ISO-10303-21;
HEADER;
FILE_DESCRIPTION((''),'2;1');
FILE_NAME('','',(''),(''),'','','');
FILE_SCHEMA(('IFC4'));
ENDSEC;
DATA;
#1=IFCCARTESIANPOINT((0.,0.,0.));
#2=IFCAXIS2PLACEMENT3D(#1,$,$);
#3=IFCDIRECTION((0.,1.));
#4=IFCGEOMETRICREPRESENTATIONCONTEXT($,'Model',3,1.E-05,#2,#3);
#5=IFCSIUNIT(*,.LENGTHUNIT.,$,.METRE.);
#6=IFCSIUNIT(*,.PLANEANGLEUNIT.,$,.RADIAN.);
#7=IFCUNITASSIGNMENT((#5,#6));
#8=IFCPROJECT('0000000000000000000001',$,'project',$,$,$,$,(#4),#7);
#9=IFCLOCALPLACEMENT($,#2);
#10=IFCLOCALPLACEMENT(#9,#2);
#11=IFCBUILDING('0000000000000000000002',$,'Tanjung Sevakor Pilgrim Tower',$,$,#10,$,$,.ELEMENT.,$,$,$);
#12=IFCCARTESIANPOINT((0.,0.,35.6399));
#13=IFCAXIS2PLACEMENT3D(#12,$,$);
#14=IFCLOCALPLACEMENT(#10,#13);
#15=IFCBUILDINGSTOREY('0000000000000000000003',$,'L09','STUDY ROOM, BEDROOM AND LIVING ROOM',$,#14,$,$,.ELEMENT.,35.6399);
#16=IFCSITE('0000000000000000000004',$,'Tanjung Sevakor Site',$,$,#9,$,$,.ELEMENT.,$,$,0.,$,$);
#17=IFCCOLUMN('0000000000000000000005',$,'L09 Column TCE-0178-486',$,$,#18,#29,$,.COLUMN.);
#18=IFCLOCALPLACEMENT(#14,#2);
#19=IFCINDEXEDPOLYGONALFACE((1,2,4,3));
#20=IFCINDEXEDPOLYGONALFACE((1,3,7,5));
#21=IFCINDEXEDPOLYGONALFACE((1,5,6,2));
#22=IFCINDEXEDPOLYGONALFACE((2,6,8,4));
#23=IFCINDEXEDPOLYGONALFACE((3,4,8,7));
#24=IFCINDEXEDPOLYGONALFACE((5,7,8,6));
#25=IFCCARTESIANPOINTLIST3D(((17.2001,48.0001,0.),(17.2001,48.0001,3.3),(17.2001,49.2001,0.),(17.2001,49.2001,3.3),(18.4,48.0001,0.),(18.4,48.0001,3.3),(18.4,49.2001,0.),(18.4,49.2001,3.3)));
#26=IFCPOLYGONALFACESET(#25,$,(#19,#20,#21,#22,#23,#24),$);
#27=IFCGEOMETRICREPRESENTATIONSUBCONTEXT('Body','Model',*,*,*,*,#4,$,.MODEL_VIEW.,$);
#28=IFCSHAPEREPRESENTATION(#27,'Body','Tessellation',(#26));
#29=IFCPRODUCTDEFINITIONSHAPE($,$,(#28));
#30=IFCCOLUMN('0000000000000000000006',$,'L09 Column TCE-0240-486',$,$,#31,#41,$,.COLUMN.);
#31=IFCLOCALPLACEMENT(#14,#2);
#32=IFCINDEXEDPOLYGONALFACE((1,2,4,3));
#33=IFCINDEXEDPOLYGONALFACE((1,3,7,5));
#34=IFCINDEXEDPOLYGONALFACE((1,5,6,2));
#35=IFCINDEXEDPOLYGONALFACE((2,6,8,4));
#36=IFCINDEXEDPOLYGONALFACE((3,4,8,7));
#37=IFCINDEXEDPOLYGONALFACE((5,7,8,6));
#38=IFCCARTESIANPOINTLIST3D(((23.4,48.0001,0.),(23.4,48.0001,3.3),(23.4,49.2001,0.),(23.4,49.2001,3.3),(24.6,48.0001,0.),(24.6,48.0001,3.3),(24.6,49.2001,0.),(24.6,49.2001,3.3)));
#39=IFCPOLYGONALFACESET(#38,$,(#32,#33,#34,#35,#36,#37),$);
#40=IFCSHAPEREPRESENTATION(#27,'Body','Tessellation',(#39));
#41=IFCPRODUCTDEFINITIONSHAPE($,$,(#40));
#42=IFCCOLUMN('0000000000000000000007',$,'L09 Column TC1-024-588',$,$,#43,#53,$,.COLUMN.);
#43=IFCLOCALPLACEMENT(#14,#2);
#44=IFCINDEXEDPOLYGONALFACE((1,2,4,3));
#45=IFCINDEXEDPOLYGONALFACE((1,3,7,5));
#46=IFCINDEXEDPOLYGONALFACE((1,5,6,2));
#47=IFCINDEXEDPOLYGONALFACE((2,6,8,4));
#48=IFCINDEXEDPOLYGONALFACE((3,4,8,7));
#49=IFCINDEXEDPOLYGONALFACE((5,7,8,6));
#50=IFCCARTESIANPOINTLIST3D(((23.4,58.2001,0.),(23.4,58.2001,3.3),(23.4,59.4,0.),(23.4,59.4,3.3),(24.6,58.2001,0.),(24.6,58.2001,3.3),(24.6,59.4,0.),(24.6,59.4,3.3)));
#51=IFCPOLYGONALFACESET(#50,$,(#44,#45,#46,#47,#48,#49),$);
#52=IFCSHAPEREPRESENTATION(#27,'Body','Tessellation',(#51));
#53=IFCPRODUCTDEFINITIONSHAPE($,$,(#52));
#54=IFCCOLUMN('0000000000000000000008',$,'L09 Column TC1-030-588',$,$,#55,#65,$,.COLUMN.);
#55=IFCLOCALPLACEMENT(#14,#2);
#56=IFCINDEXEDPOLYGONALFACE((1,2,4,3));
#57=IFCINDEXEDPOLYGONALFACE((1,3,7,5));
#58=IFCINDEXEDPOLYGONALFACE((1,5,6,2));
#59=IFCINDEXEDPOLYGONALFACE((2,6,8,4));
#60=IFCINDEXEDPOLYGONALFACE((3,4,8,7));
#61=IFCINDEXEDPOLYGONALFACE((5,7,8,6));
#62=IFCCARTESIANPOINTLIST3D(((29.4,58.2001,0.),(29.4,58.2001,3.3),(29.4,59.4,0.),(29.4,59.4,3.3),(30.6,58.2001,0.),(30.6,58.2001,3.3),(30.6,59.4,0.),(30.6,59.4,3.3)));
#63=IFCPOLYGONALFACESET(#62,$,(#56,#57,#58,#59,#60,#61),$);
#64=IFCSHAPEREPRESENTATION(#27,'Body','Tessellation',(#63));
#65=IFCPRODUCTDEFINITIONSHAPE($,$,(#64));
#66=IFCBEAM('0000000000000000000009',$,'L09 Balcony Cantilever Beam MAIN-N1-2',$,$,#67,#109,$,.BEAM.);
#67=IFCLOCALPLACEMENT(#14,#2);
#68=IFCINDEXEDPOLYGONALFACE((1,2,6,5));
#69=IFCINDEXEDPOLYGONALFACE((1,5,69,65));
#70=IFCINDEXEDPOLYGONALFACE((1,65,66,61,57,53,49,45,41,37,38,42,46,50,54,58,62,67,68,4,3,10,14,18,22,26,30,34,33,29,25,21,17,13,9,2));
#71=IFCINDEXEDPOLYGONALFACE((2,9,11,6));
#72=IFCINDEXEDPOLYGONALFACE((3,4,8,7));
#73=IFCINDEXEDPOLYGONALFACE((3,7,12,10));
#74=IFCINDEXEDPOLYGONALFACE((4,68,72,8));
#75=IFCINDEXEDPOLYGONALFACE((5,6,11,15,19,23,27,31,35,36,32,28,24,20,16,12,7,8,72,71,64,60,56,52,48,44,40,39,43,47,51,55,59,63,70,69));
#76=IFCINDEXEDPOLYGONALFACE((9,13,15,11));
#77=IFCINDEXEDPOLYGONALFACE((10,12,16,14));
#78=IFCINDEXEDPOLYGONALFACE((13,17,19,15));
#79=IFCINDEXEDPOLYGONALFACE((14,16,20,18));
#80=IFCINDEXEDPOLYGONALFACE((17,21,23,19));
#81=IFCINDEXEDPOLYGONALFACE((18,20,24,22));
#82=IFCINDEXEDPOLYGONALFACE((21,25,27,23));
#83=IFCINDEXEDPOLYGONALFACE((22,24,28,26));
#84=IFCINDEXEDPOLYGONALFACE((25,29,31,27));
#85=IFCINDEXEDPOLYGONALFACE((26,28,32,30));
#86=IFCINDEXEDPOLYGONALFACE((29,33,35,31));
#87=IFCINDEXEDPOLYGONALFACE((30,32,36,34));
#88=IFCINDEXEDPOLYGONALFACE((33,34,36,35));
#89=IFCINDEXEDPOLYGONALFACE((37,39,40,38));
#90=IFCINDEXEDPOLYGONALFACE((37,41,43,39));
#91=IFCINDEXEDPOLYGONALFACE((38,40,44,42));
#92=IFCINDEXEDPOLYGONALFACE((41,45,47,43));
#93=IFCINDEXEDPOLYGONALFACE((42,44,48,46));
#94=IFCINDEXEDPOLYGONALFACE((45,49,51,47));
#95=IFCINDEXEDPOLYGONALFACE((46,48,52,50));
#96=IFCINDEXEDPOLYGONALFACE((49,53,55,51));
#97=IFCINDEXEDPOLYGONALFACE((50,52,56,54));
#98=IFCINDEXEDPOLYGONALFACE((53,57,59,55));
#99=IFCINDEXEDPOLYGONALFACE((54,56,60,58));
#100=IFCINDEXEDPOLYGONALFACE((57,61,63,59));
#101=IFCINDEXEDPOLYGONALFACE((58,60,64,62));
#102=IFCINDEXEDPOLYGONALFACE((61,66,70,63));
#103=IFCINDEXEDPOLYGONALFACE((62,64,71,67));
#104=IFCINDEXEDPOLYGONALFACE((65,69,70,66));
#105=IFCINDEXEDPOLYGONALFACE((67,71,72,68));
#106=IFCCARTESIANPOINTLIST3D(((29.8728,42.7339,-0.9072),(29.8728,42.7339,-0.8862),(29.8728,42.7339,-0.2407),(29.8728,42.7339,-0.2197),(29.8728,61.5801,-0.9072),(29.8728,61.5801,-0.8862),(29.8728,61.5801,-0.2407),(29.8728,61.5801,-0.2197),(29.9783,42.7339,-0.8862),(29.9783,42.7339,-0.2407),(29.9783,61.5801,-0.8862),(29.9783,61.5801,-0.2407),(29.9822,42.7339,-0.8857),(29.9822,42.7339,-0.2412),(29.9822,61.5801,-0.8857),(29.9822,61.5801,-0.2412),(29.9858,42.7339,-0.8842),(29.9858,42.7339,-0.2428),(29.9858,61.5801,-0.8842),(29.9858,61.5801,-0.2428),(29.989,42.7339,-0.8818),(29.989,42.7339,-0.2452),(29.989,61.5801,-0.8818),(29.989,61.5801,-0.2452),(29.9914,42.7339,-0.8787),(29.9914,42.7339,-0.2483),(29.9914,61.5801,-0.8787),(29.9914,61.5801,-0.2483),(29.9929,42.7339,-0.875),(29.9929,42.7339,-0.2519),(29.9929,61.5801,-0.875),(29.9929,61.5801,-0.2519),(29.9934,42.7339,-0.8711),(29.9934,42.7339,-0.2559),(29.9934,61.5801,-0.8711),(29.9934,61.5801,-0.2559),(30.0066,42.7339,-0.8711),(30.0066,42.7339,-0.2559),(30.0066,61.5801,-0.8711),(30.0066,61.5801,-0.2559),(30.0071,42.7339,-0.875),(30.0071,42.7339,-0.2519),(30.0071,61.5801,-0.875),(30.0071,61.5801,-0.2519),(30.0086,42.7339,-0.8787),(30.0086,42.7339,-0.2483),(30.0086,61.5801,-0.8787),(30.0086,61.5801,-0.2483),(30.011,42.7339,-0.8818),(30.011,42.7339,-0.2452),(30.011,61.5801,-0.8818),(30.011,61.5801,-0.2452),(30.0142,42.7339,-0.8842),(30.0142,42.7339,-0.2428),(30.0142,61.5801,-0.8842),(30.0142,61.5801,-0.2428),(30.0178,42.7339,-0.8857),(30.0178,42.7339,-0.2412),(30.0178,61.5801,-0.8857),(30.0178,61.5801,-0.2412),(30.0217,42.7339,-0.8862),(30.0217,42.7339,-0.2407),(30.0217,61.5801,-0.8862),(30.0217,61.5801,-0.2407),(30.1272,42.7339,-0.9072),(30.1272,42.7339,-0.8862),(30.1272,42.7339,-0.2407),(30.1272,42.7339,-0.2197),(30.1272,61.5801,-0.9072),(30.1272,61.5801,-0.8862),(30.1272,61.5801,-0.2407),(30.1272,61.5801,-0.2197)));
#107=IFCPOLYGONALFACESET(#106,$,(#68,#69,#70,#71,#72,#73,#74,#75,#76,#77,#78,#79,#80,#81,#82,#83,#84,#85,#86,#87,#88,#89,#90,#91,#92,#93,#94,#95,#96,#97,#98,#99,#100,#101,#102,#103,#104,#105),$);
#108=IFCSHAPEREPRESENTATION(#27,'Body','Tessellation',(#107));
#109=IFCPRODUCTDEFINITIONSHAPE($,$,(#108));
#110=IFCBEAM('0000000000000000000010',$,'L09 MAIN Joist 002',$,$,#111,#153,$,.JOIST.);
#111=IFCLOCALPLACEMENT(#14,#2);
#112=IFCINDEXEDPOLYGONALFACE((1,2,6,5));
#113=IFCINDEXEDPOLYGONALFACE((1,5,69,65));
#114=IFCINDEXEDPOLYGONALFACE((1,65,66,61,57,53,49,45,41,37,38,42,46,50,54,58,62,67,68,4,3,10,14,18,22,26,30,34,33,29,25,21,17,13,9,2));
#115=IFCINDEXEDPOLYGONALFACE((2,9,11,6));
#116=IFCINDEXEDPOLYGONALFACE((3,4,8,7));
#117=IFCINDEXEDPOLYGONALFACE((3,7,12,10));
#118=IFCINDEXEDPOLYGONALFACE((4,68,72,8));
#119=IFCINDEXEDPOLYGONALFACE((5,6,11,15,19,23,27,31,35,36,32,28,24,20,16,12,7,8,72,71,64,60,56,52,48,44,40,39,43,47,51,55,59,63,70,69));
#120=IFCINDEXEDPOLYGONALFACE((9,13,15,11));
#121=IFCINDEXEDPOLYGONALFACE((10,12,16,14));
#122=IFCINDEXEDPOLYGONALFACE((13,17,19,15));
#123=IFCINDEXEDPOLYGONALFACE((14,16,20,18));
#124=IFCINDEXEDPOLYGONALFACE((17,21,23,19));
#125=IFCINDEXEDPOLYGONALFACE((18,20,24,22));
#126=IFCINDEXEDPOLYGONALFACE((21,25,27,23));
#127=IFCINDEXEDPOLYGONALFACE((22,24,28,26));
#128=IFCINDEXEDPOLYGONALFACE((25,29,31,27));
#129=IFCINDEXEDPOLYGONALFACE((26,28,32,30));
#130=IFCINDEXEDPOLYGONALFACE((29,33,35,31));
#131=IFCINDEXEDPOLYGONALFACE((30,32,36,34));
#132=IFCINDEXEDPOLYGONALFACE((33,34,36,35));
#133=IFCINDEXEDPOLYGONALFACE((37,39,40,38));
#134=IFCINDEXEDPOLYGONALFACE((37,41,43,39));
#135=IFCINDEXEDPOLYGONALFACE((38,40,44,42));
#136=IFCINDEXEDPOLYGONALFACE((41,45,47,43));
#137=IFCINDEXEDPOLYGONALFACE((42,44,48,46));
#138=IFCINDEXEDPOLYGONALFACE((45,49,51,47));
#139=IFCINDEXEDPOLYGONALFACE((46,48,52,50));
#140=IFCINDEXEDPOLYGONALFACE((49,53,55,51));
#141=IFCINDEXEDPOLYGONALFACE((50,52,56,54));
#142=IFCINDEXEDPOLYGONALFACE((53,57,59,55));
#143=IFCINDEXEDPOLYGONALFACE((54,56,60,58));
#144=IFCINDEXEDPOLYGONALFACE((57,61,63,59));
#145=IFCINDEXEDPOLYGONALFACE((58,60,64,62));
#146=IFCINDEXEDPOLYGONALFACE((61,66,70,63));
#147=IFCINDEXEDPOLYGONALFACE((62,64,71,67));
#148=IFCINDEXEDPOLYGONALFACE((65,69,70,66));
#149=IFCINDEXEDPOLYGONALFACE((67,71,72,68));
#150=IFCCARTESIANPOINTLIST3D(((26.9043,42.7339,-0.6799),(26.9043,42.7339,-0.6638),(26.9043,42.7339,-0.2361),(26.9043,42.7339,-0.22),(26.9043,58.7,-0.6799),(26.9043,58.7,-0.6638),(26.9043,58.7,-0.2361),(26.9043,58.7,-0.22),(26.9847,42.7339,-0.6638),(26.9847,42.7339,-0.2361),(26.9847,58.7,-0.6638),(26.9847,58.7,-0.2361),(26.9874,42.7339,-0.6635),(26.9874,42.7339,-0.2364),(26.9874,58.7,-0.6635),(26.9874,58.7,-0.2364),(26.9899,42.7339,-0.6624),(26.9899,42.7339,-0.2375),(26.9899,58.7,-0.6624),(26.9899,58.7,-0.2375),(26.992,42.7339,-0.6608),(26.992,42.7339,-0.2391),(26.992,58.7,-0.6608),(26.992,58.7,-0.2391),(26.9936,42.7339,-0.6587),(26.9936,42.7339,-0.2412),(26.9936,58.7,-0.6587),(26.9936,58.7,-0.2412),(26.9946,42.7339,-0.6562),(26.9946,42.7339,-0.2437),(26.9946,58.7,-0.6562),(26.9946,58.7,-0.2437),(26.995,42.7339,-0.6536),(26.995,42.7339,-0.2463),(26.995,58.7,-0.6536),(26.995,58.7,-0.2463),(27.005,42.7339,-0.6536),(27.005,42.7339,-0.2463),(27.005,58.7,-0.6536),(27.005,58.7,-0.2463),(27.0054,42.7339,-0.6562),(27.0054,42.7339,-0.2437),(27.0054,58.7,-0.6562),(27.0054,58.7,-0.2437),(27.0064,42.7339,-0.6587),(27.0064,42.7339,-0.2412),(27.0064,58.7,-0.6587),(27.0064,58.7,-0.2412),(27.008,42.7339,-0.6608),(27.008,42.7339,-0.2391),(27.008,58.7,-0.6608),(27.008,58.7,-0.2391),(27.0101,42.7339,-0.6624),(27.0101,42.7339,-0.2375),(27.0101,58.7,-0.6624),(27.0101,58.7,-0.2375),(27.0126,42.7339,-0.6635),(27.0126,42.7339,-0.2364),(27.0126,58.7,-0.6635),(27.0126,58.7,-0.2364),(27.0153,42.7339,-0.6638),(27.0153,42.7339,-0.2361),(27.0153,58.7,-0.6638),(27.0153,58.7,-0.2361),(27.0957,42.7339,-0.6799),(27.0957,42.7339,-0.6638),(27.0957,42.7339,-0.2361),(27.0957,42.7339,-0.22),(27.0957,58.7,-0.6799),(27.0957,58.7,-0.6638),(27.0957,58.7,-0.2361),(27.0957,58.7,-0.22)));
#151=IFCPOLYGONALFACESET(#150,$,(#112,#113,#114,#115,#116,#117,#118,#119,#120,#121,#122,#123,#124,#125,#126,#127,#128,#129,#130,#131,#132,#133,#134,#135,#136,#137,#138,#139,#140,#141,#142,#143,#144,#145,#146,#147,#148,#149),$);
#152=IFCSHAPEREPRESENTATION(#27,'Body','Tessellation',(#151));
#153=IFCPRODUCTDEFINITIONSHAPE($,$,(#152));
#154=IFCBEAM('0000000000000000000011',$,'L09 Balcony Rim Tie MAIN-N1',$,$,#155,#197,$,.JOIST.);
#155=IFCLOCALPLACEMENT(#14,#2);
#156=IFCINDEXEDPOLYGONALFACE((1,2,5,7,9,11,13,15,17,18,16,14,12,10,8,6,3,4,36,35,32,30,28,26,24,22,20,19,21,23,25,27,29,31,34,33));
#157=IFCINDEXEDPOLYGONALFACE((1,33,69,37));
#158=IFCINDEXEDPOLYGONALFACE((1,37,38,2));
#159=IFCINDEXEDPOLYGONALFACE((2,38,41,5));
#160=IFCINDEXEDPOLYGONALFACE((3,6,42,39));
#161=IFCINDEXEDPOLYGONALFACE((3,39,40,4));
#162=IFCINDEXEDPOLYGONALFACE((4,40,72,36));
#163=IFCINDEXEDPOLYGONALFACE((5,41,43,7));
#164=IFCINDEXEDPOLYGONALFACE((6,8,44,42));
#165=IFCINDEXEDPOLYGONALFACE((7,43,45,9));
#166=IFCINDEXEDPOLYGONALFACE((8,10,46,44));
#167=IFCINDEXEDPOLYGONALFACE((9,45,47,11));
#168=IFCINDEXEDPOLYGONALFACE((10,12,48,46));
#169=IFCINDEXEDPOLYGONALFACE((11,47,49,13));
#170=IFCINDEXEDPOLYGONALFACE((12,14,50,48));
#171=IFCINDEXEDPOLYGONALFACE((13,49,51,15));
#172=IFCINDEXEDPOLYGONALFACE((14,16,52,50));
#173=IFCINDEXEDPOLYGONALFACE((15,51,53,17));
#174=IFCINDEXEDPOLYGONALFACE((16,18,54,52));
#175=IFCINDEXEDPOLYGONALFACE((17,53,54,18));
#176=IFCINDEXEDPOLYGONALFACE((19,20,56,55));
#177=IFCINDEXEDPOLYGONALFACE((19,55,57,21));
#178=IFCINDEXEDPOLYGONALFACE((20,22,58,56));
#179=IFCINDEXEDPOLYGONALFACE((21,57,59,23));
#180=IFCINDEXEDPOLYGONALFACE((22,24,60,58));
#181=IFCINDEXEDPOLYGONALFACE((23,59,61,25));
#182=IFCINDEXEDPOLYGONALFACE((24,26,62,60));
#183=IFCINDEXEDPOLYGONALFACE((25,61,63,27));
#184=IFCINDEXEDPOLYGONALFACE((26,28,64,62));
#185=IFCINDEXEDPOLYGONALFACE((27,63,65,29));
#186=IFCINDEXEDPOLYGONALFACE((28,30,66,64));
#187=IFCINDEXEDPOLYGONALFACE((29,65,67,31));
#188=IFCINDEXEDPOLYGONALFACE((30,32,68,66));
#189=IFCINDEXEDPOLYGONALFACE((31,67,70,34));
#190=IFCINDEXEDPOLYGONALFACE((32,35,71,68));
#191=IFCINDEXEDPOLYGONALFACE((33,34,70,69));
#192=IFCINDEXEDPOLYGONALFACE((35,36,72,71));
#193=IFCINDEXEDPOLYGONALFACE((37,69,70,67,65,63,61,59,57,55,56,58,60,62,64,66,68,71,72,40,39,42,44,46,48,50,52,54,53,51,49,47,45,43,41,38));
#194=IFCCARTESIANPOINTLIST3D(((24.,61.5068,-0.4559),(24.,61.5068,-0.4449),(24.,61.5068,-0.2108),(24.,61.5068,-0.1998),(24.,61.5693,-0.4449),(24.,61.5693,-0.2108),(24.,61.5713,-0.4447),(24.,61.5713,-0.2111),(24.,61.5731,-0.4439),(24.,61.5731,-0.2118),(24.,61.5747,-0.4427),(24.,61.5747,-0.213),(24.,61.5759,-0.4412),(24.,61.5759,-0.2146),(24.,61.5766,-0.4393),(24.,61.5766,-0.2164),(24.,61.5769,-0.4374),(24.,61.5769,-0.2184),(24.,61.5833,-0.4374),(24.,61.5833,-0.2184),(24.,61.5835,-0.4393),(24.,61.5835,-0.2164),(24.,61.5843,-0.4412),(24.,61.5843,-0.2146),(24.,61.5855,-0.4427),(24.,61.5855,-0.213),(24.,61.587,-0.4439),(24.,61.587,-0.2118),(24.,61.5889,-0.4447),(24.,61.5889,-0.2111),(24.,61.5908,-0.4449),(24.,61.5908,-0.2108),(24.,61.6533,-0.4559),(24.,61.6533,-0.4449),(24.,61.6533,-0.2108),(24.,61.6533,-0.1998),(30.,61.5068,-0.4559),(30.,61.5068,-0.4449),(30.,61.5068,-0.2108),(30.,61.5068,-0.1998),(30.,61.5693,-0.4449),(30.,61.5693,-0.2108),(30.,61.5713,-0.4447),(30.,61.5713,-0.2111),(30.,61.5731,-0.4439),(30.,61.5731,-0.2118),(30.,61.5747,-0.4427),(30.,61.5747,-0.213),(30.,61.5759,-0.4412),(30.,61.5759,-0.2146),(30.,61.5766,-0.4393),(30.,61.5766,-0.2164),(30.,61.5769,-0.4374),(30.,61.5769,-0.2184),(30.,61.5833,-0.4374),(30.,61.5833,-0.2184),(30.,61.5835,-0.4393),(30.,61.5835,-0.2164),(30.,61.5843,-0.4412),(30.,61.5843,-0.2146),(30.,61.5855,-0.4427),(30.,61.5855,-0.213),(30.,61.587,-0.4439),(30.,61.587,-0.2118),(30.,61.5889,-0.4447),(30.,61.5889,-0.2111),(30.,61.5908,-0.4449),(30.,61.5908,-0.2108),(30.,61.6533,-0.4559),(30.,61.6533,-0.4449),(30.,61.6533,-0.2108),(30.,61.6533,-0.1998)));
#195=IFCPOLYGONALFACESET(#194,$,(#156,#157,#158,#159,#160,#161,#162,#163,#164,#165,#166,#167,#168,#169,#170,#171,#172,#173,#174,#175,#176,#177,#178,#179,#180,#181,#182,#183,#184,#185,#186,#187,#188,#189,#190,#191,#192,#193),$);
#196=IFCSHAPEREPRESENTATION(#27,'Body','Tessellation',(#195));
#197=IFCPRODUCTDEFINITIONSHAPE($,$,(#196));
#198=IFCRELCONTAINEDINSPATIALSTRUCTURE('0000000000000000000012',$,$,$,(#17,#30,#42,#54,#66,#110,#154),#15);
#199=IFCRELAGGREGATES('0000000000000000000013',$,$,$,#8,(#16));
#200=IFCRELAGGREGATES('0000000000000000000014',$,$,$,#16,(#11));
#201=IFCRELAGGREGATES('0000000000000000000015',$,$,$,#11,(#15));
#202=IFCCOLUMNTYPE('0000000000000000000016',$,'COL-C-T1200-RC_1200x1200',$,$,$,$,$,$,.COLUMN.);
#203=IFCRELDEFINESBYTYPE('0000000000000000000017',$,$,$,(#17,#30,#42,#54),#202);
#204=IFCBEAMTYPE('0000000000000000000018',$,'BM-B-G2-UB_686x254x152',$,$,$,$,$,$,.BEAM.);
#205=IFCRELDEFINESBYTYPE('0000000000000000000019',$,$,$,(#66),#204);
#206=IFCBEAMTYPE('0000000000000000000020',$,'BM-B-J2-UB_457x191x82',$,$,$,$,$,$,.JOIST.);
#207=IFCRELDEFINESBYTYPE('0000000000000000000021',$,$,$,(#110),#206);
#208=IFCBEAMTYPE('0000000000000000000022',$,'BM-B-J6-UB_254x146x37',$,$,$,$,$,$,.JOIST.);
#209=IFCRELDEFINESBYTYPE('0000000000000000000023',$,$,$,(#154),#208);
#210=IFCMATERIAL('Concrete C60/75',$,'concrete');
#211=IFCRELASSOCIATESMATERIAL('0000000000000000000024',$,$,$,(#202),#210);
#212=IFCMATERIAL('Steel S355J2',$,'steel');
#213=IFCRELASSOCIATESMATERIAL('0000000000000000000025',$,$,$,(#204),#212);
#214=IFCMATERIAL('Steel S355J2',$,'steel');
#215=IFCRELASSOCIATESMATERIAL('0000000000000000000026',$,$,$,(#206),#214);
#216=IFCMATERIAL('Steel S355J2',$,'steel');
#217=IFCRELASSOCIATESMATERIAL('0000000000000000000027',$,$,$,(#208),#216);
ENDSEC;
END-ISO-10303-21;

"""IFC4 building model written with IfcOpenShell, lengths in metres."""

from ifc_helpers import new_model, si_unit, direction, frame, origin, origin_2d, place, context, subcontext, project, spatial, rectangle, i_section, extrude, material, material_profile, profile_set, type_object, element, save


model = new_model("IFC4")

# Units and contexts
model_context = context("Model", 3, precision=1e-05, world=origin(), true_north=direction((0.0, 1.0)))
body_context = subcontext(model_context, "Body", "Model", "MODEL_VIEW")
ifc_project = project(units=[si_unit("LENGTHUNIT", "METRE"), si_unit("PLANEANGLEUNIT", "RADIAN")], contexts=[model_context])

# Site, building, storey
site_placement = place(None, origin())
site = spatial("IfcSite", under=ifc_project, at=site_placement, Name="Tanjung Sevakor Site", CompositionType="ELEMENT", RefElevation=0.0)
building_placement = place(site_placement, origin())
building = spatial("IfcBuilding", under=site, at=building_placement, Name="Tanjung Sevakor Pilgrim Tower", CompositionType="ELEMENT")
storey_placement = place(building_placement, frame((0.0, 0.0, 35.6399)))
storey = spatial("IfcBuildingStorey", under=building, at=storey_placement, Name="L09", Description="STUDY ROOM, BEDROOM AND LIVING ROOM", CompositionType="ELEMENT", Elevation=35.6399)

# Columns
ifc_material_1 = material(Name="Concrete C60/75", Category="concrete")
ifc_material_profile_1 = material_profile(ifc_material_1, rectangle(XDim=1.2, YDim=1.2, at=origin_2d()))
ifc_profile_set_1 = profile_set([ifc_material_profile_1], Name="Concrete C60/75")
column_type = type_object("IfcColumnType", Name="COL-C-T1200-RC_1200x1200", PredefinedType="COLUMN", material=ifc_profile_set_1)
for number, where, z_axis, x_axis, name in (
    (1, (17.8, 48.6001, 0.0), (0.0, 0.0, 1.0), (1.0, 0.0, 0.0), "L09 Column TCE-0178-486"),
    (2, (24.0, 48.6001, 0.0), (0.0, 0.0, 1.0), (1.0, 0.0, 0.0), "L09 Column TCE-0240-486"),
    (3, (24.0, 58.8, 0.0), (0.0, 0.0, 1.0), (1.0, 0.0, 0.0), "L09 Column TC1-024-588"),
    (4, (30.0, 58.8, 0.0), (0.0, 0.0, 1.0), (1.0, 0.0, 0.0), "L09 Column TC1-030-588"),
):
    element("IfcColumn", number, at=place(storey_placement, frame(where, z_axis=z_axis, x_axis=x_axis)), inside=storey, type_object=column_type, Name=name, PredefinedType="COLUMN", context=body_context, shape_type="SweptSolid", body=[
        extrude(rectangle(XDim=1.2, YDim=1.2, at=origin_2d()), origin(), (0.0, 0.0, 1.0), 3.3),
    ])

# Beams
ifc_material_2 = material(Name="Steel S355J2", Category="steel")
ifc_material_profile_2 = material_profile(ifc_material_2, i_section(OverallWidth=0.2544, OverallDepth=0.6875, WebThickness=0.0132, FlangeThickness=0.021, FilletRadius=0.0151, at=origin_2d()))
ifc_profile_set_2 = profile_set([ifc_material_profile_2], Name="Steel S355J2")
beam_type_1 = type_object("IfcBeamType", Name="BM-B-G2-UB_686x254x152", PredefinedType="BEAM", material=ifc_profile_set_2)
beam_1_placement = place(storey_placement, frame((30.0, 42.7339, -0.5635), z_axis=(0.0, 1.0, 0.0), x_axis=(-1.0, 0.0, 0.0)))
element("IfcBeam", 5, at=beam_1_placement, inside=storey, type_object=beam_type_1, Name="L09 Balcony Cantilever Beam MAIN-N1-2", PredefinedType="BEAM", context=body_context, shape_type="SweptSolid", body=[
    extrude(i_section(OverallWidth=0.2544, OverallDepth=0.6875, WebThickness=0.0132, FlangeThickness=0.021, FilletRadius=0.0151, at=origin_2d()), origin(), (0.0, 0.0, 1.0), 18.8462),
])
ifc_material_3 = material(Name="Steel S355J2", Category="steel")
ifc_material_profile_3 = material_profile(ifc_material_3, i_section(OverallWidth=0.1914, OverallDepth=0.46, WebThickness=0.01, FlangeThickness=0.0161, FilletRadius=0.0103, at=origin_2d()))
ifc_profile_set_3 = profile_set([ifc_material_profile_3], Name="Steel S355J2")
beam_type_2 = type_object("IfcBeamType", Name="BM-B-J2-UB_457x191x82", PredefinedType="JOIST", material=ifc_profile_set_3)
beam_2_placement = place(storey_placement, frame((27.0, 42.7339, -0.45), z_axis=(0.0, 1.0, 0.0), x_axis=(-1.0, 0.0, 0.0)))
element("IfcBeam", 6, at=beam_2_placement, inside=storey, type_object=beam_type_2, Name="L09 MAIN Joist 002", PredefinedType="JOIST", context=body_context, shape_type="SweptSolid", body=[
    extrude(i_section(OverallWidth=0.1914, OverallDepth=0.46, WebThickness=0.01, FlangeThickness=0.0161, FilletRadius=0.0103, at=origin_2d()), origin(), (0.0, 0.0, 1.0), 15.9661),
])
ifc_material_4 = material(Name="Steel S355J2", Category="steel")
ifc_material_profile_4 = material_profile(ifc_material_4, i_section(OverallWidth=0.1465, OverallDepth=0.2561, WebThickness=0.0063, FlangeThickness=0.011, FilletRadius=0.0076, at=origin_2d()))
ifc_profile_set_4 = profile_set([ifc_material_profile_4], Name="Steel S355J2")
beam_type_3 = type_object("IfcBeamType", Name="BM-B-J6-UB_254x146x37", PredefinedType="JOIST", material=ifc_profile_set_4)
beam_3_placement = place(storey_placement, frame((24.0, 61.5801, -0.3279), z_axis=(1.0, 0.0, 0.0), x_axis=(0.0, 1.0, 0.0)))
element("IfcBeam", 7, at=beam_3_placement, inside=storey, type_object=beam_type_3, Name="L09 Balcony Rim Tie MAIN-N1", PredefinedType="JOIST", context=body_context, shape_type="SweptSolid", body=[
    extrude(i_section(OverallWidth=0.1465, OverallDepth=0.2561, WebThickness=0.0063, FlangeThickness=0.011, FilletRadius=0.0076, at=origin_2d()), origin(), (0.0, 0.0, 1.0), 6.0),
])

save(model, "model.ifc")
